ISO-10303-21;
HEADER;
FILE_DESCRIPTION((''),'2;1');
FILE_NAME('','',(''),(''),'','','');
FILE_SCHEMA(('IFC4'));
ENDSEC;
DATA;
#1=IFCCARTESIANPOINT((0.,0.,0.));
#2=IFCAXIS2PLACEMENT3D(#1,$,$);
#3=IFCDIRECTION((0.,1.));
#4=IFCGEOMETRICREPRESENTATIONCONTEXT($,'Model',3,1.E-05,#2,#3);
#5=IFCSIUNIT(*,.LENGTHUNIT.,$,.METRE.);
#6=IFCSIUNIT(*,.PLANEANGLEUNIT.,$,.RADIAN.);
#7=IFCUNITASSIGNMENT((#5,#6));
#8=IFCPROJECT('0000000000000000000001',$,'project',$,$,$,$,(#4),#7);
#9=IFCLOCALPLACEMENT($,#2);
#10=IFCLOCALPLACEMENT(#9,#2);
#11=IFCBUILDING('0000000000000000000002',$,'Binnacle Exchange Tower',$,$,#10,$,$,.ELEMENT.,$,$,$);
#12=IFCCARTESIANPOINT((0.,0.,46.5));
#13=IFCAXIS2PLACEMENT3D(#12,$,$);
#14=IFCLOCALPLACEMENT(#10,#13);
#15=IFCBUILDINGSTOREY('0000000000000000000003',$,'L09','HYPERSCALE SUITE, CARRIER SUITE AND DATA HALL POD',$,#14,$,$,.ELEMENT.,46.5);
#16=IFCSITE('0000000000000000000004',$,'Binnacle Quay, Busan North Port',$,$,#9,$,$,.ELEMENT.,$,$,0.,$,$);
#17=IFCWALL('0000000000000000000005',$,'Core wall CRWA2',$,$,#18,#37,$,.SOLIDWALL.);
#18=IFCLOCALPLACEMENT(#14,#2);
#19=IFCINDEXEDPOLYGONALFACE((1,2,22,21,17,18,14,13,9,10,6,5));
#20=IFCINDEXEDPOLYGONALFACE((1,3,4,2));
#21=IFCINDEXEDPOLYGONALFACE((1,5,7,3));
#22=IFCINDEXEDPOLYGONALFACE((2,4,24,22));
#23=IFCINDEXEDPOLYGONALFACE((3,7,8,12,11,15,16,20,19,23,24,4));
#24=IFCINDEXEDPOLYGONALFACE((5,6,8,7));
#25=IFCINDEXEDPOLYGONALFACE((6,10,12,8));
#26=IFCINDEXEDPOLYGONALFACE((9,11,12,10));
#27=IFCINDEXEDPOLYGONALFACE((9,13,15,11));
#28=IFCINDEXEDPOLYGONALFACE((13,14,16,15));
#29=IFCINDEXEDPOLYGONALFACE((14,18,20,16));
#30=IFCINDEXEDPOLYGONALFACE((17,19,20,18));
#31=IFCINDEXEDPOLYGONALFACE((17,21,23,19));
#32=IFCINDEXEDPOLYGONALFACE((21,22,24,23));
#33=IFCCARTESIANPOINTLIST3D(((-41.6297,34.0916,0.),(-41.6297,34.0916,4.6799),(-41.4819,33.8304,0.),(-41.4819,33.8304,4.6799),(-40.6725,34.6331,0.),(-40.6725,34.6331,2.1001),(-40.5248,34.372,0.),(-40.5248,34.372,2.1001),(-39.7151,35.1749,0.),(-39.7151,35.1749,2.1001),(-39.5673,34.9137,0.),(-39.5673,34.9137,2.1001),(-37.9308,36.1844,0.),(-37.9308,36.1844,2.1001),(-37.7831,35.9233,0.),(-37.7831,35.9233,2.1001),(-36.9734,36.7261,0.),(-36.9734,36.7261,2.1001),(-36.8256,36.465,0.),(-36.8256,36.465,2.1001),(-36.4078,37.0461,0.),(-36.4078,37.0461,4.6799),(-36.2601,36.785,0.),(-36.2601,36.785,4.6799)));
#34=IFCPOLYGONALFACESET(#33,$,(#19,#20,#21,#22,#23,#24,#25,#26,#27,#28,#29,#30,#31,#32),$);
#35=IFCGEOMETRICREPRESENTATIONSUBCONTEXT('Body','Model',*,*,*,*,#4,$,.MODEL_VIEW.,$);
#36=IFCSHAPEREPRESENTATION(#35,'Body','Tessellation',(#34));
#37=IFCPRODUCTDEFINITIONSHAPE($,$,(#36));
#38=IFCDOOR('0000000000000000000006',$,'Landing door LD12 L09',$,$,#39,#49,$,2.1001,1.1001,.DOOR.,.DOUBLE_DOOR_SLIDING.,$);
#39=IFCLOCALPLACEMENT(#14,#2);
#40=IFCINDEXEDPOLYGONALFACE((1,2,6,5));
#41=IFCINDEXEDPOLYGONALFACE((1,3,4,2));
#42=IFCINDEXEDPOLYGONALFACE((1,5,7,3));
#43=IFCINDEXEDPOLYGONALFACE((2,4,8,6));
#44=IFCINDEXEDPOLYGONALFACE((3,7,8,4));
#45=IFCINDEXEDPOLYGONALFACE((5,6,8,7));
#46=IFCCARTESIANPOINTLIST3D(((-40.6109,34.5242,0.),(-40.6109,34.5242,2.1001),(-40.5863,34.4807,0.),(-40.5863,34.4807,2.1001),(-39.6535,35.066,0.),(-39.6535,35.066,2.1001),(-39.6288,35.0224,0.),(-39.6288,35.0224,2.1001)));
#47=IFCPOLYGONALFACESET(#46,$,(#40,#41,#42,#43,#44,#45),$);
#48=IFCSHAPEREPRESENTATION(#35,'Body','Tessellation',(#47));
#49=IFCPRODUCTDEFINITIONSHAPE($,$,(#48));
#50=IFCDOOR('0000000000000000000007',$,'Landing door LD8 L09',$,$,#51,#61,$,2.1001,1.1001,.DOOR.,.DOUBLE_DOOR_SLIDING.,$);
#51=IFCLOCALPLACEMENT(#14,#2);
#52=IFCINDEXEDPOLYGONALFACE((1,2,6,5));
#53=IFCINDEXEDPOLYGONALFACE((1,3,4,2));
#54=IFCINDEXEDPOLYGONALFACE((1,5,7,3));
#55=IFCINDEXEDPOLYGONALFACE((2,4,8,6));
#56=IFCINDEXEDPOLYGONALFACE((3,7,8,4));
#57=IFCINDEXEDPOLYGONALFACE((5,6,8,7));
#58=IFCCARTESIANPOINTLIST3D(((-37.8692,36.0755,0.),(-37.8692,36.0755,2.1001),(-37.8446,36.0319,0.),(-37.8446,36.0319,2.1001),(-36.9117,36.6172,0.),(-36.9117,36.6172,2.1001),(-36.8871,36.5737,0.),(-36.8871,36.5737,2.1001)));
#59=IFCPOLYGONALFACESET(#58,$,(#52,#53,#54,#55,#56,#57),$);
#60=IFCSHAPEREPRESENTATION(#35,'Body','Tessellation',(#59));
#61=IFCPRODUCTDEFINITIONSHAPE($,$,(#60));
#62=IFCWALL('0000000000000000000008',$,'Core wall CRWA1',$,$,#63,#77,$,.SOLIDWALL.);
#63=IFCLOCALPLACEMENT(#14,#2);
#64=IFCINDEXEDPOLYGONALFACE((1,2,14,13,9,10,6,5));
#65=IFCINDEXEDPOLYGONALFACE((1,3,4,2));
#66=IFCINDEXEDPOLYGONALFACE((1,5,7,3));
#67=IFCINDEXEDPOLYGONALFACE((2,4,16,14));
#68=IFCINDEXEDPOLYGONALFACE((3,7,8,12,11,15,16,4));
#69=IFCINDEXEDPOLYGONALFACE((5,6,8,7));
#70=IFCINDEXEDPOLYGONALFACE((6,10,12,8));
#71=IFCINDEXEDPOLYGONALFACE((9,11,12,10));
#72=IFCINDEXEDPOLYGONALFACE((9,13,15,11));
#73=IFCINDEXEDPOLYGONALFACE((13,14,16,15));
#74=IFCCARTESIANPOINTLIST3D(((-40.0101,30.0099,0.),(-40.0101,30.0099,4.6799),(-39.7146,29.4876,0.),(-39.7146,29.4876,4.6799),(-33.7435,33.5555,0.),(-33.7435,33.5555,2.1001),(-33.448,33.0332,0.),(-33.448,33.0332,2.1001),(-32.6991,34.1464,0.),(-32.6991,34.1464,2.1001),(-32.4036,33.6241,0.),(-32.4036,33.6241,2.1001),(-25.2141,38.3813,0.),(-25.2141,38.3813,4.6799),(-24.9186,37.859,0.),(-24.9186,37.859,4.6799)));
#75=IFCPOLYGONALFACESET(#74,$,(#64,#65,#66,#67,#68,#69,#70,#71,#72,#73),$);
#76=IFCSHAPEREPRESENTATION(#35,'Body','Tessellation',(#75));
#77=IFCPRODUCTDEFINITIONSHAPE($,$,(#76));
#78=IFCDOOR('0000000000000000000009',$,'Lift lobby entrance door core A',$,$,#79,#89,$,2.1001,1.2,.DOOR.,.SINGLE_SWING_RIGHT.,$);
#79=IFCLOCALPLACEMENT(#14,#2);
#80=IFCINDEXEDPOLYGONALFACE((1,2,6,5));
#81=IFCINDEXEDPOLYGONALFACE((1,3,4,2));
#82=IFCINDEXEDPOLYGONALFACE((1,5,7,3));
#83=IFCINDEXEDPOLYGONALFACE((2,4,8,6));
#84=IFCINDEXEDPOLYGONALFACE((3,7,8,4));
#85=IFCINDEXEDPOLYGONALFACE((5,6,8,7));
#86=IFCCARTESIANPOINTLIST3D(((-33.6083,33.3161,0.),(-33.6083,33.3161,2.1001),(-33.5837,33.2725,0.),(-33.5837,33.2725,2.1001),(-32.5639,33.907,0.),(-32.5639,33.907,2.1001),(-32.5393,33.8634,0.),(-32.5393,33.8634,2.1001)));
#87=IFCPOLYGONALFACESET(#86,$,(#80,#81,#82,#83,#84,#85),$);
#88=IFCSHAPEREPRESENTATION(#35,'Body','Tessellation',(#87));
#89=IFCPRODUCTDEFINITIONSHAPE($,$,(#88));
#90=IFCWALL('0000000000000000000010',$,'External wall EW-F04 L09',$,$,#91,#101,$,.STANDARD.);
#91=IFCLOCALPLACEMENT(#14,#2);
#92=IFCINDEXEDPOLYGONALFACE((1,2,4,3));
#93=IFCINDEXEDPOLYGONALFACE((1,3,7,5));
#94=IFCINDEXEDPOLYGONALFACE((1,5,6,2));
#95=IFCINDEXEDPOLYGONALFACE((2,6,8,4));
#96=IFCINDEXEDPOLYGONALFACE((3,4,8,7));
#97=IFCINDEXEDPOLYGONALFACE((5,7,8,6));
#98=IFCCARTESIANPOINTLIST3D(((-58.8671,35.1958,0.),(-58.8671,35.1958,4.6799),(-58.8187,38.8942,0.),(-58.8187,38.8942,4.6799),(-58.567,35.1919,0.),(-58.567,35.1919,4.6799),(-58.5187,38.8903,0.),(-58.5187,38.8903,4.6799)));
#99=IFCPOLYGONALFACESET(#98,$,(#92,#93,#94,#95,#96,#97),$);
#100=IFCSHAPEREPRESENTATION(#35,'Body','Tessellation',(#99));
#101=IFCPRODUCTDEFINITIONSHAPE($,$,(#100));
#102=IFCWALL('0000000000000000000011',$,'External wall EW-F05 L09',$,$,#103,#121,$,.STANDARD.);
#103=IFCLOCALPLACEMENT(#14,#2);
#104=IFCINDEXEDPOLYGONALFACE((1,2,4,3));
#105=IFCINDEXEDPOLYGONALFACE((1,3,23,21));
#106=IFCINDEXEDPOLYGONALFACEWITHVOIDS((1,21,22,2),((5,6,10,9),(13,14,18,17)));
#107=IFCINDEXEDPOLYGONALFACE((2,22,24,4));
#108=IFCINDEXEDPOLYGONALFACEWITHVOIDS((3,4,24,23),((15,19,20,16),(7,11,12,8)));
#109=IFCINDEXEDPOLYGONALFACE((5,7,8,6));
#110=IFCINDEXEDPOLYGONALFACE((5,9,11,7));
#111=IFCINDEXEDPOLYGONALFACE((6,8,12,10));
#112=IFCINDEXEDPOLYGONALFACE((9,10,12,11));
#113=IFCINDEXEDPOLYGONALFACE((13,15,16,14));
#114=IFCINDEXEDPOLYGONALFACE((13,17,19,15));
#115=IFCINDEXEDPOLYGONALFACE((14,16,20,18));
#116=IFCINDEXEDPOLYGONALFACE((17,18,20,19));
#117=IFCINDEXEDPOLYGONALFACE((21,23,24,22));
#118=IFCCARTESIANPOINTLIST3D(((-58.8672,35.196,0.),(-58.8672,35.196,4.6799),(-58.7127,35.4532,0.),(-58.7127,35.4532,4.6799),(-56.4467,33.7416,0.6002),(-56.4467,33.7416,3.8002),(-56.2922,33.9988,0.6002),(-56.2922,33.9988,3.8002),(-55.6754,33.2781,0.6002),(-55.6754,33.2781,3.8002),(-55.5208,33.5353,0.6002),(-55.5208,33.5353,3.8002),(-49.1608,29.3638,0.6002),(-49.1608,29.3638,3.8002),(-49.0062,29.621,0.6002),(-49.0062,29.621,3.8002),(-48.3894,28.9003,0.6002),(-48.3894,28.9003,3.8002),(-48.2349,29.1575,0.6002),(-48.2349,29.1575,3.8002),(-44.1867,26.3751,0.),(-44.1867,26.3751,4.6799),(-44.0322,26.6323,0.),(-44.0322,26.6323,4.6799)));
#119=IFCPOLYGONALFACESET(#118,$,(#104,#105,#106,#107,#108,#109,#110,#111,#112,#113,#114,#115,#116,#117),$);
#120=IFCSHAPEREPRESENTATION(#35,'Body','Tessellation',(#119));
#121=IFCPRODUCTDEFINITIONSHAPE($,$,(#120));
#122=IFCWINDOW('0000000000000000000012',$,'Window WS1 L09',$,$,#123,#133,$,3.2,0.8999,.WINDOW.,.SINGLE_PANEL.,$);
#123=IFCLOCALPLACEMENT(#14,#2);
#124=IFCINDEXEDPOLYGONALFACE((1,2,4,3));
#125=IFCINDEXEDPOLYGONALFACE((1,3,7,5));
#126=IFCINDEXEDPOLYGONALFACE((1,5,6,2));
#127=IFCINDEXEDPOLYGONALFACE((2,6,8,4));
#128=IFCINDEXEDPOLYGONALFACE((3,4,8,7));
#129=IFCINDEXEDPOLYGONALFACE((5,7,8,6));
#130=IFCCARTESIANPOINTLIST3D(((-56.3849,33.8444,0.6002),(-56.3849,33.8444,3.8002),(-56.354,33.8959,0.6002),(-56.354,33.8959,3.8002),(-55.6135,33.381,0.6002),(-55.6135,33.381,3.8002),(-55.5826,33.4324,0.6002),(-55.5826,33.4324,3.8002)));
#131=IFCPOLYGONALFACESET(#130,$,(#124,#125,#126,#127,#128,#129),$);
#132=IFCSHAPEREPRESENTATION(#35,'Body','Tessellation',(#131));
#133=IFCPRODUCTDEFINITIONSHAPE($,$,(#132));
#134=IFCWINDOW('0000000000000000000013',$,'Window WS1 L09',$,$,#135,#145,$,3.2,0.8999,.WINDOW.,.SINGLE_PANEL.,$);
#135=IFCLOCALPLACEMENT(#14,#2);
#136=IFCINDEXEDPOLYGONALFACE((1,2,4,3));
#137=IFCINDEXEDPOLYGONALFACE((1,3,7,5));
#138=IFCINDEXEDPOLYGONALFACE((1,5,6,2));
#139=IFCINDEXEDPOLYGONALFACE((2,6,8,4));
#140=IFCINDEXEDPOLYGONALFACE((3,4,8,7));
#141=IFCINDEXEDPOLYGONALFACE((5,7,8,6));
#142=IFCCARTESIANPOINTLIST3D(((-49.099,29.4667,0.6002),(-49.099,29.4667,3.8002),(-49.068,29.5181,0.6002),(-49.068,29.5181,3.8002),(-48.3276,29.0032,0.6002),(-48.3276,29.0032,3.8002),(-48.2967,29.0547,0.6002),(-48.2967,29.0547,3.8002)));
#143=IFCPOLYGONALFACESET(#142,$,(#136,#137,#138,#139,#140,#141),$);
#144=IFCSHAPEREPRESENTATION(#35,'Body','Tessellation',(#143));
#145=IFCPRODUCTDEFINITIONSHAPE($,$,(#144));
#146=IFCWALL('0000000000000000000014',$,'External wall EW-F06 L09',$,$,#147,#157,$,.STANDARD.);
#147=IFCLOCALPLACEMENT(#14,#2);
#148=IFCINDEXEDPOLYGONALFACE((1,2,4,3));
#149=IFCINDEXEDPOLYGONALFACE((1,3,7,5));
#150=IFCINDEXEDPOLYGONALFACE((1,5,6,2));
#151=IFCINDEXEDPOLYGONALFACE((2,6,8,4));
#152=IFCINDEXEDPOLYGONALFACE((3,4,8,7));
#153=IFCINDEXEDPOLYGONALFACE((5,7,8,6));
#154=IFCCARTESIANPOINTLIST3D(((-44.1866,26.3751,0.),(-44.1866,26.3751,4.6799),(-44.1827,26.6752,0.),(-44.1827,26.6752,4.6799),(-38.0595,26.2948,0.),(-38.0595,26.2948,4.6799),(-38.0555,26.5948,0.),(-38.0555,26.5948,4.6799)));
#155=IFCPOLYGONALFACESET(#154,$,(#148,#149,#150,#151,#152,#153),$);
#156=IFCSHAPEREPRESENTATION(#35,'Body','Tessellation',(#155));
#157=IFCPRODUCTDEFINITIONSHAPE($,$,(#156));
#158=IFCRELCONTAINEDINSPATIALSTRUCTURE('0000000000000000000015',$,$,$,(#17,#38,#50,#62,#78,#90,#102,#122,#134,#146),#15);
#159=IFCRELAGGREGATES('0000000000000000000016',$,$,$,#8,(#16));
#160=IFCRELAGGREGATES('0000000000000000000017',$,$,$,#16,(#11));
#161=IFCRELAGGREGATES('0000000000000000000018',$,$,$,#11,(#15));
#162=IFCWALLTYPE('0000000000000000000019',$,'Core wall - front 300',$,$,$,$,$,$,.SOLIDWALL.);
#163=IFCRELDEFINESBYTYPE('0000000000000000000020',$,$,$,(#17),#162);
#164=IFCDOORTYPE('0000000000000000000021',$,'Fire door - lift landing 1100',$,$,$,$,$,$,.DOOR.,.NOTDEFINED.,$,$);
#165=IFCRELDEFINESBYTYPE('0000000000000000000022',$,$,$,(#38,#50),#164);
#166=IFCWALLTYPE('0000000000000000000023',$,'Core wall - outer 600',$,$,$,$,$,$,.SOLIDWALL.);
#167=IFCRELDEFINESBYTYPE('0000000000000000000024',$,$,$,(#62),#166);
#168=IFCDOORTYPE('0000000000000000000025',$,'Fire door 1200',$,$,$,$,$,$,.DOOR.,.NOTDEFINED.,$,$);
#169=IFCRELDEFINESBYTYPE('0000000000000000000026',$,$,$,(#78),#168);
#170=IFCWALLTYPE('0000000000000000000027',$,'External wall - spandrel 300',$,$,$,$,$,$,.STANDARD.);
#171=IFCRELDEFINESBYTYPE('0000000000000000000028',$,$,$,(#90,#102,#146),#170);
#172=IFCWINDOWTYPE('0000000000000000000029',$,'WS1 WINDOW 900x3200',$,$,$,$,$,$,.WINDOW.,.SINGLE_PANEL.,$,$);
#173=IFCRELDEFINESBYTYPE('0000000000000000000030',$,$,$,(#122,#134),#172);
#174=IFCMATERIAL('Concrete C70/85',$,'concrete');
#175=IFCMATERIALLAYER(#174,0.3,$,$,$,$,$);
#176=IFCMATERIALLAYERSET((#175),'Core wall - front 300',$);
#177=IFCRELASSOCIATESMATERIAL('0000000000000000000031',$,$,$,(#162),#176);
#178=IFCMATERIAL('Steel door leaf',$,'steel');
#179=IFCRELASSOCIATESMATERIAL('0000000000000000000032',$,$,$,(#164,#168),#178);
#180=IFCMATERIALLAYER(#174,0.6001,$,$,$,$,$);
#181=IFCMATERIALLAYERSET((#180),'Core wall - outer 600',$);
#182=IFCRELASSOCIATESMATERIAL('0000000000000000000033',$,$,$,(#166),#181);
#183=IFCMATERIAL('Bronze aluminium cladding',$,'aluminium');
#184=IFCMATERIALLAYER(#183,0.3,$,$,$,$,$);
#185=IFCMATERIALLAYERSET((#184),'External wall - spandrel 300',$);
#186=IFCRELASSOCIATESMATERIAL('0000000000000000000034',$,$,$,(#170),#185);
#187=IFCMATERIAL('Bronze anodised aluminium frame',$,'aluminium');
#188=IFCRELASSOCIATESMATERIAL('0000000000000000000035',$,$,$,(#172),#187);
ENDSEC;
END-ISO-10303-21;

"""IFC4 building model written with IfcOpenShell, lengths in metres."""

from ifc_helpers import new_model, si_unit, direction, frame, frame_2d, origin, place, context, subcontext, project, spatial, rectangle, extrude, material, layer, layer_set, type_object, element, fill, save


model = new_model("IFC4")

# Units and contexts
model_context = context("Model", 3, precision=1e-05, world=origin(), true_north=direction((0.0, 1.0)))
body_context = subcontext(model_context, "Body", "Model", "MODEL_VIEW")
ifc_project = project(units=[si_unit("LENGTHUNIT", "METRE"), si_unit("PLANEANGLEUNIT", "RADIAN")], contexts=[model_context])

# Site, building, storey
site_placement = place(None, origin())
site = spatial("IfcSite", under=ifc_project, at=site_placement, Name="Binnacle Quay, Busan North Port", CompositionType="ELEMENT", RefElevation=0.0)
building_placement = place(site_placement, origin())
building = spatial("IfcBuilding", under=site, at=building_placement, Name="Binnacle Exchange Tower", CompositionType="ELEMENT")
storey_placement = place(building_placement, frame((0.0, 0.0, 46.5)))
storey = spatial("IfcBuildingStorey", under=building, at=storey_placement, Name="L09", Description="HYPERSCALE SUITE, CARRIER SUITE AND DATA HALL POD", CompositionType="ELEMENT", Elevation=46.5)

# Shared definitions
ifc_material_1 = material(Name="Concrete C70/85", Category="concrete")

# Wall, openings, doors
ifc_layer_1 = layer(ifc_material_1, 0.3)
ifc_layer_set_1 = layer_set([ifc_layer_1], Name="Core wall - front 300")
wall_type_1 = type_object("IfcWallType", Name="Core wall - front 300", PredefinedType="SOLIDWALL", material=ifc_layer_set_1)
wall_1_placement = place(storey_placement, frame((-41.5559, 33.9609, 0.0), z_axis=(0.0, 0.0, 1.0), x_axis=(0.870344, 0.492445, 0.0)))
wall_1 = element("IfcWall", 1, at=wall_1_placement, inside=storey, type_object=wall_type_1, Name="Core wall CRWA2", PredefinedType="SOLIDWALL", context=body_context, shape_type="SweptSolid", body=[
    extrude(rectangle(XDim=5.9998, YDim=0.3, at=frame_2d((3.0, 0.0))), origin(), (0.0, 0.0, 1.0), 4.6799),
])
opening_1_placement = place(wall_1_placement, frame((1.0999, 0.0, 0.0)))
opening_1 = element("IfcOpeningElement", 2, at=opening_1_placement, cuts=wall_1, PredefinedType="OPENING", context=body_context, shape_type="SweptSolid", body=[
    extrude(rectangle(XDim=1.1001, YDim=2.1001, at=frame_2d((0.55, 1.05))), frame((0.0, 0.1599, 0.0), z_axis=(0.0, -1.0, 0.0), x_axis=(1.0, 0.0, 0.0)), (0.0, 0.0, 1.0), 0.3201),
])
opening_2_placement = place(wall_1_placement, frame((4.25, 0.0, 0.0)))
opening_2 = element("IfcOpeningElement", 3, at=opening_2_placement, cuts=wall_1, PredefinedType="OPENING", context=body_context, shape_type="SweptSolid", body=[
    extrude(rectangle(XDim=1.1001, YDim=2.1001, at=frame_2d((0.55, 1.05))), frame((0.0, 0.1599, 0.0), z_axis=(0.0, -1.0, 0.0), x_axis=(1.0, 0.0, 0.0)), (0.0, 0.0, 1.0), 0.3201),
])
ifc_material_2 = material(Name="Steel door leaf", Category="steel")
door_type_1 = type_object("IfcDoorType", Name="Fire door - lift landing 1100", OperationType="NOTDEFINED", PredefinedType="DOOR", material=ifc_material_2)
door_1_placement = place(opening_1_placement, origin())
door_1 = element("IfcDoor", 4, at=door_1_placement, inside=storey, type_object=door_type_1, Name="Landing door LD12 L09", OperationType="DOUBLE_DOOR_SLIDING", OverallHeight=2.1001, OverallWidth=1.1001, PredefinedType="DOOR", context=body_context, shape_type="SweptSolid", body=[
    extrude(rectangle(XDim=1.1001, YDim=2.1001, at=frame_2d((0.55, 1.05))), frame((0.0, 0.0249, 0.0), z_axis=(0.0, -1.0, 0.0), x_axis=(1.0, 0.0, 0.0)), (0.0, 0.0, 1.0), 0.05),
])
fill(opening_1, door_1)
door_2_placement = place(opening_2_placement, origin())
door_2 = element("IfcDoor", 5, at=door_2_placement, inside=storey, type_object=door_type_1, Name="Landing door LD8 L09", OperationType="DOUBLE_DOOR_SLIDING", OverallHeight=2.1001, OverallWidth=1.1001, PredefinedType="DOOR", context=body_context, shape_type="SweptSolid", body=[
    extrude(rectangle(XDim=1.1001, YDim=2.1001, at=frame_2d((0.55, 1.05))), frame((0.0, 0.0249, 0.0), z_axis=(0.0, -1.0, 0.0), x_axis=(1.0, 0.0, 0.0)), (0.0, 0.0, 1.0), 0.05),
])
fill(opening_2, door_2)

# Wall, opening, door
ifc_layer_2 = layer(ifc_material_1, 0.6001)
ifc_layer_set_2 = layer_set([ifc_layer_2], Name="Core wall - outer 600")
wall_type_2 = type_object("IfcWallType", Name="Core wall - outer 600", PredefinedType="SOLIDWALL", material=ifc_layer_set_2)
wall_2_placement = place(storey_placement, frame((-39.8623, 29.7488, 0.0), z_axis=(0.0, 0.0, 1.0), x_axis=(0.87035, 0.492433, 0.0)))
wall_2 = element("IfcWall", 6, at=wall_2_placement, inside=storey, type_object=wall_type_2, Name="Core wall CRWA1", PredefinedType="SOLIDWALL", context=body_context, shape_type="SweptSolid", body=[
    extrude(rectangle(XDim=17.0, YDim=0.6001, at=frame_2d((8.5, 0.0))), origin(), (0.0, 0.0, 1.0), 4.6799),
])
opening_3_placement = place(wall_2_placement, frame((7.2, 0.0, 0.0)))
opening_3 = element("IfcOpeningElement", 7, at=opening_3_placement, cuts=wall_2, PredefinedType="OPENING", context=body_context, shape_type="SweptSolid", body=[
    extrude(rectangle(XDim=1.2, YDim=2.1001, at=frame_2d((0.6001, 1.05))), frame((0.0, 0.3101, 0.0), z_axis=(0.0, -1.0, 0.0), x_axis=(1.0, 0.0, 0.0)), (0.0, 0.0, 1.0), 0.6201),
])
door_type_2 = type_object("IfcDoorType", Name="Fire door 1200", OperationType="NOTDEFINED", PredefinedType="DOOR", material=ifc_material_2)
door_3_placement = place(opening_3_placement, frame((1.2, 0.0, 0.0), z_axis=(0.0, 0.0, 1.0), x_axis=(-1.0, 0.0, 0.0)))
door_3 = element("IfcDoor", 8, at=door_3_placement, inside=storey, type_object=door_type_2, Name="Lift lobby entrance door core A", OperationType="SINGLE_SWING_RIGHT", OverallHeight=2.1001, OverallWidth=1.2, PredefinedType="DOOR", context=body_context, shape_type="SweptSolid", body=[
    extrude(rectangle(XDim=1.2, YDim=2.1001, at=frame_2d((0.6001, 1.05))), frame((0.0, 0.0249, 0.0), z_axis=(0.0, -1.0, 0.0), x_axis=(1.0, 0.0, 0.0)), (0.0, 0.0, 1.0), 0.05),
])
fill(opening_3, door_3)

# Wall
ifc_material_3 = material(Name="Bronze aluminium cladding", Category="aluminium")
ifc_layer_3 = layer(ifc_material_3, 0.3)
ifc_layer_set_3 = layer_set([ifc_layer_3], Name="External wall - spandrel 300")
wall_type_3 = type_object("IfcWallType", Name="External wall - spandrel 300", PredefinedType="STANDARD", material=ifc_layer_set_3)
wall_3_placement = place(storey_placement, frame((-58.717, 35.1938, 0.0), z_axis=(0.0, 0.0, 1.0), x_axis=(0.013069, 0.999915, 0.0)))
element("IfcWall", 9, at=wall_3_placement, inside=storey, type_object=wall_type_3, Name="External wall EW-F04 L09", PredefinedType="STANDARD", context=body_context, shape_type="SweptSolid", body=[
    extrude(rectangle(XDim=3.6987, YDim=0.3, at=frame_2d((1.8494, 0.0))), origin(), (0.0, 0.0, 1.0), 4.6799),
])

# Wall, openings, windows
wall_4_placement = place(storey_placement, frame((-44.1094, 26.5037, 0.0), z_axis=(0.0, 0.0, 1.0), x_axis=(-0.85717, 0.515034, 0.0)))
wall_4 = element("IfcWall", 10, at=wall_4_placement, inside=storey, type_object=wall_type_3, Name="External wall EW-F05 L09", PredefinedType="STANDARD", context=body_context, shape_type="SweptSolid", body=[
    extrude(rectangle(XDim=17.1267, YDim=0.3, at=frame_2d((8.5635, 0.0))), origin(), (0.0, 0.0, 1.0), 4.6799),
])
opening_4_placement = place(wall_4_placement, frame((13.4031, 0.0, 0.6001)))
opening_4 = element("IfcOpeningElement", 11, at=opening_4_placement, cuts=wall_4, PredefinedType="OPENING", context=body_context, shape_type="SweptSolid", body=[
    extrude(rectangle(XDim=0.8999, YDim=3.2, at=frame_2d((0.45, 1.6001))), frame((0.0, 0.1599, 0.0), z_axis=(0.0, -1.0, 0.0), x_axis=(1.0, 0.0, 0.0)), (0.0, 0.0, 1.0), 0.3201),
])
opening_5_placement = place(wall_4_placement, frame((4.9031, 0.0, 0.6001)))
opening_5 = element("IfcOpeningElement", 12, at=opening_5_placement, cuts=wall_4, PredefinedType="OPENING", context=body_context, shape_type="SweptSolid", body=[
    extrude(rectangle(XDim=0.8999, YDim=3.2, at=frame_2d((0.45, 1.6001))), frame((0.0, 0.1599, 0.0), z_axis=(0.0, -1.0, 0.0), x_axis=(1.0, 0.0, 0.0)), (0.0, 0.0, 1.0), 0.3201),
])
ifc_material_4 = material(Name="Bronze anodised aluminium frame", Category="aluminium")
window_type = type_object("IfcWindowType", Name="WS1 WINDOW 900x3200", PartitioningType="SINGLE_PANEL", PredefinedType="WINDOW", material=ifc_material_4)
window_1_placement = place(opening_4_placement, origin())
window_1 = element("IfcWindow", 13, at=window_1_placement, inside=storey, type_object=window_type, Name="Window WS1 L09", OverallHeight=3.2, OverallWidth=0.8999, PartitioningType="SINGLE_PANEL", PredefinedType="WINDOW", context=body_context, shape_type="SweptSolid", body=[
    extrude(rectangle(XDim=0.8999, YDim=3.2, at=frame_2d((0.45, 1.6001))), frame((0.0, 0.03, 0.0), z_axis=(0.0, -1.0, 0.0), x_axis=(1.0, 0.0, 0.0)), (0.0, 0.0, 1.0), 0.0601),
])
fill(opening_4, window_1)
window_2_placement = place(opening_5_placement, origin())
window_2 = element("IfcWindow", 14, at=window_2_placement, inside=storey, type_object=window_type, Name="Window WS1 L09", OverallHeight=3.2, OverallWidth=0.8999, PartitioningType="SINGLE_PANEL", PredefinedType="WINDOW", context=body_context, shape_type="SweptSolid", body=[
    extrude(rectangle(XDim=0.8999, YDim=3.2, at=frame_2d((0.45, 1.6001))), frame((0.0, 0.03, 0.0), z_axis=(0.0, -1.0, 0.0), x_axis=(1.0, 0.0, 0.0)), (0.0, 0.0, 1.0), 0.0601),
])
fill(opening_5, window_2)

# Wall
wall_5_placement = place(storey_placement, frame((-38.0574, 26.4448, 0.0), z_axis=(0.0, 0.0, 1.0), x_axis=(-0.999914, 0.013108, 0.0)))
element("IfcWall", 15, at=wall_5_placement, inside=storey, type_object=wall_type_3, Name="External wall EW-F06 L09", PredefinedType="STANDARD", context=body_context, shape_type="SweptSolid", body=[
    extrude(rectangle(XDim=6.1277, YDim=0.3, at=frame_2d((3.064, 0.0))), origin(), (0.0, 0.0, 1.0), 4.6799),
])

save(model, "model.ifc")
